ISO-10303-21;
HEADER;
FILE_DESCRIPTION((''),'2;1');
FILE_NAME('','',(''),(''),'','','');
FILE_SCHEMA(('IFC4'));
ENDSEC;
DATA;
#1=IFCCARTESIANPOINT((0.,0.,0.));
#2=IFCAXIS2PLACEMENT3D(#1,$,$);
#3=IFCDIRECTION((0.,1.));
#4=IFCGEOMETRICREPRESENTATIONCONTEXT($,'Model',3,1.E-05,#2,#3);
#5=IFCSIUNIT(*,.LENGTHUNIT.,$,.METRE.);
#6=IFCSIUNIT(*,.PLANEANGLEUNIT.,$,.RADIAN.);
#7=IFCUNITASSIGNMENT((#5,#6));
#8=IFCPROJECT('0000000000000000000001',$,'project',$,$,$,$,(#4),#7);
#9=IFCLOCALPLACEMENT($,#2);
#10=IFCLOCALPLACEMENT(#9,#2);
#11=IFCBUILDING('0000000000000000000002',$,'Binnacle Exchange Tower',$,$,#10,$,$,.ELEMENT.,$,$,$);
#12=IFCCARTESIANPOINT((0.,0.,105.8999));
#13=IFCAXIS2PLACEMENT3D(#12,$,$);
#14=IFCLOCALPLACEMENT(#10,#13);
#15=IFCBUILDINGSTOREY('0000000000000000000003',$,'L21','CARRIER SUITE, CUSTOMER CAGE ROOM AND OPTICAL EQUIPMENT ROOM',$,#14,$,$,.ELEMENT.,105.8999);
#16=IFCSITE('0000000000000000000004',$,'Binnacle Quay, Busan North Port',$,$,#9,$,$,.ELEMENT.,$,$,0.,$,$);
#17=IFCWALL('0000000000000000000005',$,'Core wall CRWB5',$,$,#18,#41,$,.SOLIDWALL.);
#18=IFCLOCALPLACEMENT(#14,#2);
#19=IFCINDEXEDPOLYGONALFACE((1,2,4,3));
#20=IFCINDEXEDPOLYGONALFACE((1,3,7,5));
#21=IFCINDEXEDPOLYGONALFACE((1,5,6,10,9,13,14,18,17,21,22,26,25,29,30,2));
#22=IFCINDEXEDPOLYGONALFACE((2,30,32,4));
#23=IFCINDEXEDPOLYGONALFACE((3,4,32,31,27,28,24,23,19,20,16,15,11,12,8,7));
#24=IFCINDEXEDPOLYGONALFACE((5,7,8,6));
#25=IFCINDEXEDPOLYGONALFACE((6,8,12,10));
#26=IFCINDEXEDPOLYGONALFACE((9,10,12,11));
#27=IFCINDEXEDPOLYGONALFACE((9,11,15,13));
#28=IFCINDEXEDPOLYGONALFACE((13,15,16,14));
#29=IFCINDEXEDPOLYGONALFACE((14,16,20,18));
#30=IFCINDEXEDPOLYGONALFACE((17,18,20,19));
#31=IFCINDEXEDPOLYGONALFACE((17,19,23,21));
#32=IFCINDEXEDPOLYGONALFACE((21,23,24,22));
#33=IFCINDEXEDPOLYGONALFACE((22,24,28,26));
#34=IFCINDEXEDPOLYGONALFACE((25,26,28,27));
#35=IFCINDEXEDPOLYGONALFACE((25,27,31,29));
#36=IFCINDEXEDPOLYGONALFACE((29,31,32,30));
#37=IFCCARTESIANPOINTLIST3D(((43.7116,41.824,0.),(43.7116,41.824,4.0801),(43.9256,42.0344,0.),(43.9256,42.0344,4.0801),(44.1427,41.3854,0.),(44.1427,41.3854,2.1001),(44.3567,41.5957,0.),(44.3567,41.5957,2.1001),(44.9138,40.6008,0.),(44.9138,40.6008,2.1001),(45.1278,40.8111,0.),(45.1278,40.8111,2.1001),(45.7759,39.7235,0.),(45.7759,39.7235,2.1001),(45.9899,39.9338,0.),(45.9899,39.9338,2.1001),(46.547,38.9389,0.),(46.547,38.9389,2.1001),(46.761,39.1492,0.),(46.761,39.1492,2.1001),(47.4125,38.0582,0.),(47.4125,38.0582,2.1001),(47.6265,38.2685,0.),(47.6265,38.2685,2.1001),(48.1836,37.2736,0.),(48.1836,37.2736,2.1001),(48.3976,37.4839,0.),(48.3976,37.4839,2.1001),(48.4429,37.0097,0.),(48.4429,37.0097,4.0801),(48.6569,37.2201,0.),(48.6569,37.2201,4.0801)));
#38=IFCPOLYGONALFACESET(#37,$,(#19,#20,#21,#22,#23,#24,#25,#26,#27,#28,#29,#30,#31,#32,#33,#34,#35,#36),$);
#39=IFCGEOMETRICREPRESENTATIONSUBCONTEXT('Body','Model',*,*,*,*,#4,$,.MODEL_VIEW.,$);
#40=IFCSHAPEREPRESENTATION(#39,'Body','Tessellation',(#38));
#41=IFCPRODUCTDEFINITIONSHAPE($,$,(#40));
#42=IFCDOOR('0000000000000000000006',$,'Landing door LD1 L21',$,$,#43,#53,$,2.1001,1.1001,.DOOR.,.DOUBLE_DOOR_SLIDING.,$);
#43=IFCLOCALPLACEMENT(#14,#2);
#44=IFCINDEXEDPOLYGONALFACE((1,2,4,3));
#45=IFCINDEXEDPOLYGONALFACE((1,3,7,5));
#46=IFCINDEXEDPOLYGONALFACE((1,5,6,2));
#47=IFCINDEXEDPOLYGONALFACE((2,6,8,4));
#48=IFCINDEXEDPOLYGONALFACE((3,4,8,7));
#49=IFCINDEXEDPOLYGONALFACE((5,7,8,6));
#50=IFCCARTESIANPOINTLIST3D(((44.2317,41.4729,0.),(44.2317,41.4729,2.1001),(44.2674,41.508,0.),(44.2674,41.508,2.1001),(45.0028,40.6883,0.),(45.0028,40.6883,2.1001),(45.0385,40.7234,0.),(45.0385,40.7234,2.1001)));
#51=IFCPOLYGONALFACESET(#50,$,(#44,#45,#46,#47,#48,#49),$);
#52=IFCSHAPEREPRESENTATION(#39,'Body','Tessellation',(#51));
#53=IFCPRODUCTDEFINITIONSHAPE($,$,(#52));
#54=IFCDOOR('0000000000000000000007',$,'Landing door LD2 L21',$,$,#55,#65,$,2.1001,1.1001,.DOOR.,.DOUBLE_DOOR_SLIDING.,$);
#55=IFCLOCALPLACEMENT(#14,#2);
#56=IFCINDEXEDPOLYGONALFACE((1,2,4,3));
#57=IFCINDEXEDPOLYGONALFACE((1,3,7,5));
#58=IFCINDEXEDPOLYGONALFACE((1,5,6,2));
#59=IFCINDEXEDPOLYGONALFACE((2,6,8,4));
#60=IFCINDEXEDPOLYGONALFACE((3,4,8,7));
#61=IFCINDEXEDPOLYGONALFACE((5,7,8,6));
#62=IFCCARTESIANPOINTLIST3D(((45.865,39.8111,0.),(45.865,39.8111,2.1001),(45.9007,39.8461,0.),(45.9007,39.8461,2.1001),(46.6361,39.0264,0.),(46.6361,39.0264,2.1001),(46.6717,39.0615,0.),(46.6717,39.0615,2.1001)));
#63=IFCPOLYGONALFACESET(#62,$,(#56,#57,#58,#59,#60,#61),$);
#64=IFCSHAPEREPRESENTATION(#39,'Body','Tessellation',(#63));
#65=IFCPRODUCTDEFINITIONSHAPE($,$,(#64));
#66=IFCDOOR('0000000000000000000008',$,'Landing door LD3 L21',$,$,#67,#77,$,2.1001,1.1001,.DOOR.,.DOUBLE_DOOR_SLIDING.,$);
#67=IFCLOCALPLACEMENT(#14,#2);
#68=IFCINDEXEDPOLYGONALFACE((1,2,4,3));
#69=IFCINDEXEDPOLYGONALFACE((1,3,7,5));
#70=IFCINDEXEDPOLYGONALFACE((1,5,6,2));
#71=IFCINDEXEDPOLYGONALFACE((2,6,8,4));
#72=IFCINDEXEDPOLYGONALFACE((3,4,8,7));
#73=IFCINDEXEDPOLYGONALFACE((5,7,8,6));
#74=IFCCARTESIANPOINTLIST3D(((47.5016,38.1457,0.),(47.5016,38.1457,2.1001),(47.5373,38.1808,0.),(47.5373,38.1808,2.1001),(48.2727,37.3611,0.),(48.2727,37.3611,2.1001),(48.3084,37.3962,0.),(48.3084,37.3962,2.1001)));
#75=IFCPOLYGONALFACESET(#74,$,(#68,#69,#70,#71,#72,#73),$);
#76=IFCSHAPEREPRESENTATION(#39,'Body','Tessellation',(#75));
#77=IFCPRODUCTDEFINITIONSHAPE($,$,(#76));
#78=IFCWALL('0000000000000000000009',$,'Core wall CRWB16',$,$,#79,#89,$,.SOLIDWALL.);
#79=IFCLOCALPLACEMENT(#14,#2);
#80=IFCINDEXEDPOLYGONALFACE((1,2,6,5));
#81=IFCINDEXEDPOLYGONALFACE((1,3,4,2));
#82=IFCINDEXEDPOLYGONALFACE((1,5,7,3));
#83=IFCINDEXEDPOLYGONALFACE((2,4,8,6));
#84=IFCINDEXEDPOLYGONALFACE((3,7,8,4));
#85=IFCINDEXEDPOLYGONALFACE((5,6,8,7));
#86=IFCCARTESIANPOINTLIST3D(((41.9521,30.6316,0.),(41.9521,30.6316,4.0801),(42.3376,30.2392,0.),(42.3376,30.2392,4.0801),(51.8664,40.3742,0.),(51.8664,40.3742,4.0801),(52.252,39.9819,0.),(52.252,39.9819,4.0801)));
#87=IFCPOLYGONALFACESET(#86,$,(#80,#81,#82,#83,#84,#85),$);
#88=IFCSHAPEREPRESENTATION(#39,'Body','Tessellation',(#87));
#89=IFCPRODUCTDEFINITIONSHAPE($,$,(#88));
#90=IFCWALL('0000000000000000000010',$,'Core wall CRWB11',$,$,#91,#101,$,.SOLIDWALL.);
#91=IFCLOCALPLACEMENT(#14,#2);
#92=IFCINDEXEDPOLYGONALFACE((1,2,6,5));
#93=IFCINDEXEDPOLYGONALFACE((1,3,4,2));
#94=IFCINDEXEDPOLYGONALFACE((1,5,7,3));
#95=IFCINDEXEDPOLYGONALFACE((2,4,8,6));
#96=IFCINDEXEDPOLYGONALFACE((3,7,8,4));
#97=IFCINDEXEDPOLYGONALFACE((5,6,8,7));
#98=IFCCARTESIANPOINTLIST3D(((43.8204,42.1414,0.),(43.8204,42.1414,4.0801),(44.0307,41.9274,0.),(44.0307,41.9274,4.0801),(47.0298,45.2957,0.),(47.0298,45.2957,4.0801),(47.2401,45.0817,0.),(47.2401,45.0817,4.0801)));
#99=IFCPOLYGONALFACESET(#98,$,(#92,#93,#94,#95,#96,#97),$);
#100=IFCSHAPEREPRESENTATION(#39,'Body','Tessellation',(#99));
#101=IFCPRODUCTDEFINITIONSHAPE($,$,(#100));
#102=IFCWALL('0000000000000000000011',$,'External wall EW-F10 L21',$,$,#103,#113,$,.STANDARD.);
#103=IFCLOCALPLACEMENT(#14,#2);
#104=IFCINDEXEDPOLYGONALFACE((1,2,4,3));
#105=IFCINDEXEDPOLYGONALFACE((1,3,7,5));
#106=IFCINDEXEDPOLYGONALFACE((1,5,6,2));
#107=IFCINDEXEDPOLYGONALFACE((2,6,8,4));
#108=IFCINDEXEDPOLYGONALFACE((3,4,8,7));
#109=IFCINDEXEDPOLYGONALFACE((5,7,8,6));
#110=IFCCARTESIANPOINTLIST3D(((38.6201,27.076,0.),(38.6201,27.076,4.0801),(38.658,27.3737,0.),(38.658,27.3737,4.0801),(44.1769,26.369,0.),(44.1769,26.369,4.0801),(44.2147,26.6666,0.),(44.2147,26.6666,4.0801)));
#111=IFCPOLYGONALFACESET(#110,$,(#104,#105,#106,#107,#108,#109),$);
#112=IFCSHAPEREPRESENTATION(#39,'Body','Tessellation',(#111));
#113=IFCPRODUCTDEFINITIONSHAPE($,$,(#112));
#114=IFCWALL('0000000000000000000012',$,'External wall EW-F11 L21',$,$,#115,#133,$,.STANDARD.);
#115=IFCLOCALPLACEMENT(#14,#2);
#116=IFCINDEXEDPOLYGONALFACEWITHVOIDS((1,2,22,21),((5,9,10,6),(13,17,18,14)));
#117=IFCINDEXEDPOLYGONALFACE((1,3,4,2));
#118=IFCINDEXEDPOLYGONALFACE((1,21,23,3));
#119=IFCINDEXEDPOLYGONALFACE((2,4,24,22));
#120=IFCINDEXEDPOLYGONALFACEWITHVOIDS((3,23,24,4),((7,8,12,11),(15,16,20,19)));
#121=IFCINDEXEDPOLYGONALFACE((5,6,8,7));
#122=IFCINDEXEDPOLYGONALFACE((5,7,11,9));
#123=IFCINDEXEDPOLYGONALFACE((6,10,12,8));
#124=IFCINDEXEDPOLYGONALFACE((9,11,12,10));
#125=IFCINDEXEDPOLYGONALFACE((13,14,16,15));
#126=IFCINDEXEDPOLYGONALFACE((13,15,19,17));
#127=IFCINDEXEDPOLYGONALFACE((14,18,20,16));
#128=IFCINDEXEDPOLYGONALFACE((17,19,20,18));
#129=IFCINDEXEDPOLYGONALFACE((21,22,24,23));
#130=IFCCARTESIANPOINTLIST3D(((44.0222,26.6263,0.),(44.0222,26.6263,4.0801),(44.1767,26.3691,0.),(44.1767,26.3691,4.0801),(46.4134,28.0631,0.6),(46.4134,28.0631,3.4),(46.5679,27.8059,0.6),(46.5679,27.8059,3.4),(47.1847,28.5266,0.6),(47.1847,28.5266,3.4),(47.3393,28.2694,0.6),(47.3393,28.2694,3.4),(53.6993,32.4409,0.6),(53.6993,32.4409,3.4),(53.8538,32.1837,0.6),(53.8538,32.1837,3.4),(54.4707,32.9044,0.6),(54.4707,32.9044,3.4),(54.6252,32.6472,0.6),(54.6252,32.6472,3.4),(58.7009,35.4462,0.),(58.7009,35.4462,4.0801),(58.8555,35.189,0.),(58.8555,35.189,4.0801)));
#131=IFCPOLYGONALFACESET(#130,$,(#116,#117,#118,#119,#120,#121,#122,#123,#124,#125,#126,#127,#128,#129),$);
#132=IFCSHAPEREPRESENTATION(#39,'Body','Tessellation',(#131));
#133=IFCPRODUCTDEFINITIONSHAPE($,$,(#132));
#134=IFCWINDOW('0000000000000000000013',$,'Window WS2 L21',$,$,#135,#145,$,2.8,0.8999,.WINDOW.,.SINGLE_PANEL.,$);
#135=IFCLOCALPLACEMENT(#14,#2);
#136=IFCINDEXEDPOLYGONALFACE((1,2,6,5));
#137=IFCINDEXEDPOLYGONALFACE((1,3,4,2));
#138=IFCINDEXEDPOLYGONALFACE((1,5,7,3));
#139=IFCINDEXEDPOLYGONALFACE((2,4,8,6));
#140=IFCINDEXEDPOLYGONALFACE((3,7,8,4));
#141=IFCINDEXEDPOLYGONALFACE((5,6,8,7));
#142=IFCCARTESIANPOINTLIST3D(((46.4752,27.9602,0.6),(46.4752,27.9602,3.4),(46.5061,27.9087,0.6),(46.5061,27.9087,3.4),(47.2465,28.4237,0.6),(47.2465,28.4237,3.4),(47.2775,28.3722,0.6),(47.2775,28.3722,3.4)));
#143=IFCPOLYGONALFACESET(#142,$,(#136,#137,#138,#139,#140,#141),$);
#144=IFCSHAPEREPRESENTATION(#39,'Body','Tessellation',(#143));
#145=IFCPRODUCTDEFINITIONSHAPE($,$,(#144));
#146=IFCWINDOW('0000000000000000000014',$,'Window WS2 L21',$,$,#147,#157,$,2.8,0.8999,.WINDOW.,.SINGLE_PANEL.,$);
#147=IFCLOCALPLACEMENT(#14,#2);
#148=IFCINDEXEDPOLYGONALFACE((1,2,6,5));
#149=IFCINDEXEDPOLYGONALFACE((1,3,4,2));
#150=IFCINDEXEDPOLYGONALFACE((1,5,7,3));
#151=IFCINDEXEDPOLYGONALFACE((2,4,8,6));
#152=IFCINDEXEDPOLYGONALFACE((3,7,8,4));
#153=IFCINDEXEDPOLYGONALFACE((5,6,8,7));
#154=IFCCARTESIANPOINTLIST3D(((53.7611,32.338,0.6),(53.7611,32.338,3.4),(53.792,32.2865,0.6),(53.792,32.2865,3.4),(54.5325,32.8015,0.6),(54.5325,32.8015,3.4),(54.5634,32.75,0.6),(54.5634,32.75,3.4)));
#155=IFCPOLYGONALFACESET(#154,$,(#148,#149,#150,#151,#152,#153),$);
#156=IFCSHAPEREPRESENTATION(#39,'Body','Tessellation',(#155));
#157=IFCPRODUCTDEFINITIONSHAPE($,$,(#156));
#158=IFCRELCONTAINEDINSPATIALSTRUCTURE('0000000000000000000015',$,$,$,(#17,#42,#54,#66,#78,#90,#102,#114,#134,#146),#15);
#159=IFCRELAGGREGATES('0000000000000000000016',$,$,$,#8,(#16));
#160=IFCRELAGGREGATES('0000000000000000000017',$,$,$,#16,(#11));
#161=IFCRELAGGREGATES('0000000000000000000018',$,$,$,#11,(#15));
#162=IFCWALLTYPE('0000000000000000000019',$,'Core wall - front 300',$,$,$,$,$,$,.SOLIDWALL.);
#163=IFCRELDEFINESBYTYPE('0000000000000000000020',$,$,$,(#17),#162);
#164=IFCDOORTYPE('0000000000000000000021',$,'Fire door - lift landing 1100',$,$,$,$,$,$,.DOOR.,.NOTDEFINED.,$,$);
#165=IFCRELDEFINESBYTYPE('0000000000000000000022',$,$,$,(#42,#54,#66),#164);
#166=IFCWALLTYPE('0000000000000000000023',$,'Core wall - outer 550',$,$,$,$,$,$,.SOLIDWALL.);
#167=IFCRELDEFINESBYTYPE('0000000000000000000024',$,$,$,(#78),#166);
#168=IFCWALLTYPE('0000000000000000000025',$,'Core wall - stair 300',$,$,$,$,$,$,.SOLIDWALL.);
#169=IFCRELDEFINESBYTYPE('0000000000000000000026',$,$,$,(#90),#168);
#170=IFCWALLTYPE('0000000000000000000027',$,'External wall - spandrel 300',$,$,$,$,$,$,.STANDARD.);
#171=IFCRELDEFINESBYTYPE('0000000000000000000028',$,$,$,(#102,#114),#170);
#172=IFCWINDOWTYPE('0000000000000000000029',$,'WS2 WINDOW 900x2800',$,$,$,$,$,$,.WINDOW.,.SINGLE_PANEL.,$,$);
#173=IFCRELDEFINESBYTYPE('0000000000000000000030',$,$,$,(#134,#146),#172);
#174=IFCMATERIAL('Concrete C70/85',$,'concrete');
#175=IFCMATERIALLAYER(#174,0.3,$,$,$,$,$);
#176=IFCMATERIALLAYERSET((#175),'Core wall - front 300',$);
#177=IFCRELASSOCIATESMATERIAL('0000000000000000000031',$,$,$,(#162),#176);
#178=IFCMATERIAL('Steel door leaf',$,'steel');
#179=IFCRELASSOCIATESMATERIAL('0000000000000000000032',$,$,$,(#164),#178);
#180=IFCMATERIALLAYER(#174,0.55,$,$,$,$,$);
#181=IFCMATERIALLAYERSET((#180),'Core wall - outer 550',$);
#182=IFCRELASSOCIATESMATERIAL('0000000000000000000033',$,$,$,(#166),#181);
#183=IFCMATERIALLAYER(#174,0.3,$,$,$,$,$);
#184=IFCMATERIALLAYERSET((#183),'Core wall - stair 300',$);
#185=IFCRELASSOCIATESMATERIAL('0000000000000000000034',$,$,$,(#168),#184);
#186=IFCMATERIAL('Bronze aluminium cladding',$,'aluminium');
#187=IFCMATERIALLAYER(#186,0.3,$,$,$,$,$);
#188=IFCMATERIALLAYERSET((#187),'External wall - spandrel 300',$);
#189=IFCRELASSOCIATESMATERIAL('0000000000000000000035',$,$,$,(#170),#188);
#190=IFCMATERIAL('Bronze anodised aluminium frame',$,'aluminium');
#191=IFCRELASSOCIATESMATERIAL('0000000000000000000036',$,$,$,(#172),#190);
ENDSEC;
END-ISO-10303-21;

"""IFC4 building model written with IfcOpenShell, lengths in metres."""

from ifc_helpers import new_model, si_unit, direction, frame, frame_2d, origin, place, context, subcontext, project, spatial, rectangle, extrude, material, layer, layer_set, type_object, element, fill, save


model = new_model("IFC4")

# Units and contexts
model_context = context("Model", 3, precision=1e-05, world=origin(), true_north=direction((0.0, 1.0)))
body_context = subcontext(model_context, "Body", "Model", "MODEL_VIEW")
ifc_project = project(units=[si_unit("LENGTHUNIT", "METRE"), si_unit("PLANEANGLEUNIT", "RADIAN")], contexts=[model_context])

# Site, building, storey
site_placement = place(None, origin())
site = spatial("IfcSite", under=ifc_project, at=site_placement, Name="Binnacle Quay, Busan North Port", CompositionType="ELEMENT", RefElevation=0.0)
building_placement = place(site_placement, origin())
building = spatial("IfcBuilding", under=site, at=building_placement, Name="Binnacle Exchange Tower", CompositionType="ELEMENT")
storey_placement = place(building_placement, frame((0.0, 0.0, 105.8999)))
storey = spatial("IfcBuildingStorey", under=building, at=storey_placement, Name="L21", Description="CARRIER SUITE, CUSTOMER CAGE ROOM AND OPTICAL EQUIPMENT ROOM", CompositionType="ELEMENT", Elevation=105.8999)

# Shared definitions
ifc_material_1 = material(Name="Concrete C70/85", Category="concrete")

# Wall, openings, doors
ifc_layer_1 = layer(ifc_material_1, 0.3)
ifc_layer_set_1 = layer_set([ifc_layer_1], Name="Core wall - front 300")
wall_type_1 = type_object("IfcWallType", Name="Core wall - front 300", PredefinedType="SOLIDWALL", material=ifc_layer_set_1)
wall_1_placement = place(storey_placement, frame((43.8186, 41.9292, 0.0), z_axis=(0.0, 0.0, 1.0), x_axis=(0.700931, -0.713229, 0.0)))
wall_1 = element("IfcWall", 1, at=wall_1_placement, inside=storey, type_object=wall_type_1, Name="Core wall CRWB5", PredefinedType="SOLIDWALL", context=body_context, shape_type="SweptSolid", body=[
    extrude(rectangle(XDim=6.75, YDim=0.3, at=frame_2d((3.375, 0.0))), origin(), (0.0, 0.0, 1.0), 4.0801),
])
opening_1_placement = place(wall_1_placement, frame((0.615, 0.0, 0.0)))
opening_1 = element("IfcOpeningElement", 2, at=opening_1_placement, cuts=wall_1, PredefinedType="OPENING", context=body_context, shape_type="SweptSolid", body=[
    extrude(rectangle(XDim=1.1001, YDim=2.1001, at=frame_2d((0.55, 1.05))), frame((0.0, 0.1599, 0.0), z_axis=(0.0, -1.0, 0.0), x_axis=(1.0, 0.0, 0.0)), (0.0, 0.0, 1.0), 0.3201),
])
opening_2_placement = place(wall_1_placement, frame((2.9451, 0.0, 0.0)))
opening_2 = element("IfcOpeningElement", 3, at=opening_2_placement, cuts=wall_1, PredefinedType="OPENING", context=body_context, shape_type="SweptSolid", body=[
    extrude(rectangle(XDim=1.1001, YDim=2.1001, at=frame_2d((0.55, 1.05))), frame((0.0, 0.1599, 0.0), z_axis=(0.0, -1.0, 0.0), x_axis=(1.0, 0.0, 0.0)), (0.0, 0.0, 1.0), 0.3201),
])
opening_3_placement = place(wall_1_placement, frame((5.28, 0.0, 0.0)))
opening_3 = element("IfcOpeningElement", 4, at=opening_3_placement, cuts=wall_1, PredefinedType="OPENING", context=body_context, shape_type="SweptSolid", body=[
    extrude(rectangle(XDim=1.1001, YDim=2.1001, at=frame_2d((0.55, 1.05))), frame((0.0, 0.1599, 0.0), z_axis=(0.0, -1.0, 0.0), x_axis=(1.0, 0.0, 0.0)), (0.0, 0.0, 1.0), 0.3201),
])
ifc_material_2 = material(Name="Steel door leaf", Category="steel")
door_type_1 = type_object("IfcDoorType", Name="Fire door - lift landing 1100", OperationType="NOTDEFINED", PredefinedType="DOOR", material=ifc_material_2)
door_1_placement = place(opening_1_placement, origin())
door_1 = element("IfcDoor", 5, at=door_1_placement, inside=storey, type_object=door_type_1, Name="Landing door LD1 L21", OperationType="DOUBLE_DOOR_SLIDING", OverallHeight=2.1001, OverallWidth=1.1001, PredefinedType="DOOR", context=body_context, shape_type="SweptSolid", body=[
    extrude(rectangle(XDim=1.1001, YDim=2.1001, at=frame_2d((0.55, 1.05))), frame((0.0, 0.0249, 0.0), z_axis=(0.0, -1.0, 0.0), x_axis=(1.0, 0.0, 0.0)), (0.0, 0.0, 1.0), 0.05),
])
fill(opening_1, door_1)
door_2_placement = place(opening_2_placement, origin())
door_2 = element("IfcDoor", 6, at=door_2_placement, inside=storey, type_object=door_type_1, Name="Landing door LD2 L21", OperationType="DOUBLE_DOOR_SLIDING", OverallHeight=2.1001, OverallWidth=1.1001, PredefinedType="DOOR", context=body_context, shape_type="SweptSolid", body=[
    extrude(rectangle(XDim=1.1001, YDim=2.1001, at=frame_2d((0.55, 1.05))), frame((0.0, 0.0249, 0.0), z_axis=(0.0, -1.0, 0.0), x_axis=(1.0, 0.0, 0.0)), (0.0, 0.0, 1.0), 0.05),
])
fill(opening_2, door_2)
door_3_placement = place(opening_3_placement, origin())
door_3 = element("IfcDoor", 7, at=door_3_placement, inside=storey, type_object=door_type_1, Name="Landing door LD3 L21", OperationType="DOUBLE_DOOR_SLIDING", OverallHeight=2.1001, OverallWidth=1.1001, PredefinedType="DOOR", context=body_context, shape_type="SweptSolid", body=[
    extrude(rectangle(XDim=1.1001, YDim=2.1001, at=frame_2d((0.55, 1.05))), frame((0.0, 0.0249, 0.0), z_axis=(0.0, -1.0, 0.0), x_axis=(1.0, 0.0, 0.0)), (0.0, 0.0, 1.0), 0.05),
])
fill(opening_3, door_3)

# Walls
ifc_layer_2 = layer(ifc_material_1, 0.55)
ifc_layer_set_2 = layer_set([ifc_layer_2], Name="Core wall - outer 550")
wall_type_2 = type_object("IfcWallType", Name="Core wall - outer 550", PredefinedType="SOLIDWALL", material=ifc_layer_set_2)
wall_2_placement = place(storey_placement, frame((42.1448, 30.4353, 0.0), z_axis=(0.0, 0.0, 1.0), x_axis=(0.713254, 0.700906, 0.0)))
element("IfcWall", 8, at=wall_2_placement, inside=storey, type_object=wall_type_2, Name="Core wall CRWB16", PredefinedType="SOLIDWALL", context=body_context, shape_type="SweptSolid", body=[
    extrude(rectangle(XDim=13.9001, YDim=0.55, at=frame_2d((6.9502, 0.0))), origin(), (0.0, 0.0, 1.0), 4.0801),
])
ifc_layer_3 = layer(ifc_material_1, 0.3)
ifc_layer_set_3 = layer_set([ifc_layer_3], Name="Core wall - stair 300")
wall_type_3 = type_object("IfcWallType", Name="Core wall - stair 300", PredefinedType="SOLIDWALL", material=ifc_layer_set_3)
wall_3_placement = place(storey_placement, frame((43.9255, 42.0344, 0.0), z_axis=(0.0, 0.0, 1.0), x_axis=(0.713211, 0.70095, 0.0)))
element("IfcWall", 9, at=wall_3_placement, inside=storey, type_object=wall_type_3, Name="Core wall CRWB11", PredefinedType="SOLIDWALL", context=body_context, shape_type="SweptSolid", body=[
    extrude(rectangle(XDim=4.5, YDim=0.3, at=frame_2d((2.25, 0.0))), origin(), (0.0, 0.0, 1.0), 4.0801),
])
ifc_material_3 = material(Name="Bronze aluminium cladding", Category="aluminium")
ifc_layer_4 = layer(ifc_material_3, 0.3)
ifc_layer_set_4 = layer_set([ifc_layer_4], Name="External wall - spandrel 300")
wall_type_4 = type_object("IfcWallType", Name="External wall - spandrel 300", PredefinedType="STANDARD", material=ifc_layer_set_4)
wall_4_placement = place(storey_placement, frame((44.1958, 26.5178, 0.0), z_axis=(0.0, 0.0, 1.0), x_axis=(-0.992002, 0.126223, 0.0)))
element("IfcWall", 10, at=wall_4_placement, inside=storey, type_object=wall_type_4, Name="External wall EW-F10 L21", PredefinedType="STANDARD", context=body_context, shape_type="SweptSolid", body=[
    extrude(rectangle(XDim=5.6016, YDim=0.3, at=frame_2d((2.8008, 0.0))), origin(), (0.0, 0.0, 1.0), 4.0801),
])

# Wall, openings, windows
wall_5_placement = place(storey_placement, frame((58.7783, 35.3176, 0.0), z_axis=(0.0, 0.0, 1.0), x_axis=(-0.857168, -0.515037, 0.0)))
wall_5 = element("IfcWall", 11, at=wall_5_placement, inside=storey, type_object=wall_type_4, Name="External wall EW-F11 L21", PredefinedType="STANDARD", context=body_context, shape_type="SweptSolid", body=[
    extrude(rectangle(XDim=17.1248, YDim=0.3, at=frame_2d((8.5625, 0.0))), origin(), (0.0, 0.0, 1.0), 4.0801),
])
opening_4_placement = place(wall_5_placement, frame((13.4353, 0.0, 0.6001)))
opening_4 = element("IfcOpeningElement", 12, at=opening_4_placement, cuts=wall_5, PredefinedType="OPENING", context=body_context, shape_type="SweptSolid", body=[
    extrude(rectangle(XDim=0.8999, YDim=2.8, at=frame_2d((0.45, 1.3999))), frame((0.0, 0.1599, 0.0), z_axis=(0.0, -1.0, 0.0), x_axis=(1.0, 0.0, 0.0)), (0.0, 0.0, 1.0), 0.3201),
])
opening_5_placement = place(wall_5_placement, frame((4.9353, 0.0, 0.6001)))
opening_5 = element("IfcOpeningElement", 13, at=opening_5_placement, cuts=wall_5, PredefinedType="OPENING", context=body_context, shape_type="SweptSolid", body=[
    extrude(rectangle(XDim=0.8999, YDim=2.8, at=frame_2d((0.45, 1.3999))), frame((0.0, 0.1599, 0.0), z_axis=(0.0, -1.0, 0.0), x_axis=(1.0, 0.0, 0.0)), (0.0, 0.0, 1.0), 0.3201),
])
ifc_material_4 = material(Name="Bronze anodised aluminium frame", Category="aluminium")
window_type = type_object("IfcWindowType", Name="WS2 WINDOW 900x2800", PartitioningType="SINGLE_PANEL", PredefinedType="WINDOW", material=ifc_material_4)
window_1_placement = place(opening_4_placement, origin())
window_1 = element("IfcWindow", 14, at=window_1_placement, inside=storey, type_object=window_type, Name="Window WS2 L21", OverallHeight=2.8, OverallWidth=0.8999, PartitioningType="SINGLE_PANEL", PredefinedType="WINDOW", context=body_context, shape_type="SweptSolid", body=[
    extrude(rectangle(XDim=0.8999, YDim=2.8, at=frame_2d((0.45, 1.3999))), frame((0.0, 0.03, 0.0), z_axis=(0.0, -1.0, 0.0), x_axis=(1.0, 0.0, 0.0)), (0.0, 0.0, 1.0), 0.0601),
])
fill(opening_4, window_1)
window_2_placement = place(opening_5_placement, origin())
window_2 = element("IfcWindow", 15, at=window_2_placement, inside=storey, type_object=window_type, Name="Window WS2 L21", OverallHeight=2.8, OverallWidth=0.8999, PartitioningType="SINGLE_PANEL", PredefinedType="WINDOW", context=body_context, shape_type="SweptSolid", body=[
    extrude(rectangle(XDim=0.8999, YDim=2.8, at=frame_2d((0.45, 1.3999))), frame((0.0, 0.03, 0.0), z_axis=(0.0, -1.0, 0.0), x_axis=(1.0, 0.0, 0.0)), (0.0, 0.0, 1.0), 0.0601),
])
fill(opening_5, window_2)

save(model, "model.ifc")
